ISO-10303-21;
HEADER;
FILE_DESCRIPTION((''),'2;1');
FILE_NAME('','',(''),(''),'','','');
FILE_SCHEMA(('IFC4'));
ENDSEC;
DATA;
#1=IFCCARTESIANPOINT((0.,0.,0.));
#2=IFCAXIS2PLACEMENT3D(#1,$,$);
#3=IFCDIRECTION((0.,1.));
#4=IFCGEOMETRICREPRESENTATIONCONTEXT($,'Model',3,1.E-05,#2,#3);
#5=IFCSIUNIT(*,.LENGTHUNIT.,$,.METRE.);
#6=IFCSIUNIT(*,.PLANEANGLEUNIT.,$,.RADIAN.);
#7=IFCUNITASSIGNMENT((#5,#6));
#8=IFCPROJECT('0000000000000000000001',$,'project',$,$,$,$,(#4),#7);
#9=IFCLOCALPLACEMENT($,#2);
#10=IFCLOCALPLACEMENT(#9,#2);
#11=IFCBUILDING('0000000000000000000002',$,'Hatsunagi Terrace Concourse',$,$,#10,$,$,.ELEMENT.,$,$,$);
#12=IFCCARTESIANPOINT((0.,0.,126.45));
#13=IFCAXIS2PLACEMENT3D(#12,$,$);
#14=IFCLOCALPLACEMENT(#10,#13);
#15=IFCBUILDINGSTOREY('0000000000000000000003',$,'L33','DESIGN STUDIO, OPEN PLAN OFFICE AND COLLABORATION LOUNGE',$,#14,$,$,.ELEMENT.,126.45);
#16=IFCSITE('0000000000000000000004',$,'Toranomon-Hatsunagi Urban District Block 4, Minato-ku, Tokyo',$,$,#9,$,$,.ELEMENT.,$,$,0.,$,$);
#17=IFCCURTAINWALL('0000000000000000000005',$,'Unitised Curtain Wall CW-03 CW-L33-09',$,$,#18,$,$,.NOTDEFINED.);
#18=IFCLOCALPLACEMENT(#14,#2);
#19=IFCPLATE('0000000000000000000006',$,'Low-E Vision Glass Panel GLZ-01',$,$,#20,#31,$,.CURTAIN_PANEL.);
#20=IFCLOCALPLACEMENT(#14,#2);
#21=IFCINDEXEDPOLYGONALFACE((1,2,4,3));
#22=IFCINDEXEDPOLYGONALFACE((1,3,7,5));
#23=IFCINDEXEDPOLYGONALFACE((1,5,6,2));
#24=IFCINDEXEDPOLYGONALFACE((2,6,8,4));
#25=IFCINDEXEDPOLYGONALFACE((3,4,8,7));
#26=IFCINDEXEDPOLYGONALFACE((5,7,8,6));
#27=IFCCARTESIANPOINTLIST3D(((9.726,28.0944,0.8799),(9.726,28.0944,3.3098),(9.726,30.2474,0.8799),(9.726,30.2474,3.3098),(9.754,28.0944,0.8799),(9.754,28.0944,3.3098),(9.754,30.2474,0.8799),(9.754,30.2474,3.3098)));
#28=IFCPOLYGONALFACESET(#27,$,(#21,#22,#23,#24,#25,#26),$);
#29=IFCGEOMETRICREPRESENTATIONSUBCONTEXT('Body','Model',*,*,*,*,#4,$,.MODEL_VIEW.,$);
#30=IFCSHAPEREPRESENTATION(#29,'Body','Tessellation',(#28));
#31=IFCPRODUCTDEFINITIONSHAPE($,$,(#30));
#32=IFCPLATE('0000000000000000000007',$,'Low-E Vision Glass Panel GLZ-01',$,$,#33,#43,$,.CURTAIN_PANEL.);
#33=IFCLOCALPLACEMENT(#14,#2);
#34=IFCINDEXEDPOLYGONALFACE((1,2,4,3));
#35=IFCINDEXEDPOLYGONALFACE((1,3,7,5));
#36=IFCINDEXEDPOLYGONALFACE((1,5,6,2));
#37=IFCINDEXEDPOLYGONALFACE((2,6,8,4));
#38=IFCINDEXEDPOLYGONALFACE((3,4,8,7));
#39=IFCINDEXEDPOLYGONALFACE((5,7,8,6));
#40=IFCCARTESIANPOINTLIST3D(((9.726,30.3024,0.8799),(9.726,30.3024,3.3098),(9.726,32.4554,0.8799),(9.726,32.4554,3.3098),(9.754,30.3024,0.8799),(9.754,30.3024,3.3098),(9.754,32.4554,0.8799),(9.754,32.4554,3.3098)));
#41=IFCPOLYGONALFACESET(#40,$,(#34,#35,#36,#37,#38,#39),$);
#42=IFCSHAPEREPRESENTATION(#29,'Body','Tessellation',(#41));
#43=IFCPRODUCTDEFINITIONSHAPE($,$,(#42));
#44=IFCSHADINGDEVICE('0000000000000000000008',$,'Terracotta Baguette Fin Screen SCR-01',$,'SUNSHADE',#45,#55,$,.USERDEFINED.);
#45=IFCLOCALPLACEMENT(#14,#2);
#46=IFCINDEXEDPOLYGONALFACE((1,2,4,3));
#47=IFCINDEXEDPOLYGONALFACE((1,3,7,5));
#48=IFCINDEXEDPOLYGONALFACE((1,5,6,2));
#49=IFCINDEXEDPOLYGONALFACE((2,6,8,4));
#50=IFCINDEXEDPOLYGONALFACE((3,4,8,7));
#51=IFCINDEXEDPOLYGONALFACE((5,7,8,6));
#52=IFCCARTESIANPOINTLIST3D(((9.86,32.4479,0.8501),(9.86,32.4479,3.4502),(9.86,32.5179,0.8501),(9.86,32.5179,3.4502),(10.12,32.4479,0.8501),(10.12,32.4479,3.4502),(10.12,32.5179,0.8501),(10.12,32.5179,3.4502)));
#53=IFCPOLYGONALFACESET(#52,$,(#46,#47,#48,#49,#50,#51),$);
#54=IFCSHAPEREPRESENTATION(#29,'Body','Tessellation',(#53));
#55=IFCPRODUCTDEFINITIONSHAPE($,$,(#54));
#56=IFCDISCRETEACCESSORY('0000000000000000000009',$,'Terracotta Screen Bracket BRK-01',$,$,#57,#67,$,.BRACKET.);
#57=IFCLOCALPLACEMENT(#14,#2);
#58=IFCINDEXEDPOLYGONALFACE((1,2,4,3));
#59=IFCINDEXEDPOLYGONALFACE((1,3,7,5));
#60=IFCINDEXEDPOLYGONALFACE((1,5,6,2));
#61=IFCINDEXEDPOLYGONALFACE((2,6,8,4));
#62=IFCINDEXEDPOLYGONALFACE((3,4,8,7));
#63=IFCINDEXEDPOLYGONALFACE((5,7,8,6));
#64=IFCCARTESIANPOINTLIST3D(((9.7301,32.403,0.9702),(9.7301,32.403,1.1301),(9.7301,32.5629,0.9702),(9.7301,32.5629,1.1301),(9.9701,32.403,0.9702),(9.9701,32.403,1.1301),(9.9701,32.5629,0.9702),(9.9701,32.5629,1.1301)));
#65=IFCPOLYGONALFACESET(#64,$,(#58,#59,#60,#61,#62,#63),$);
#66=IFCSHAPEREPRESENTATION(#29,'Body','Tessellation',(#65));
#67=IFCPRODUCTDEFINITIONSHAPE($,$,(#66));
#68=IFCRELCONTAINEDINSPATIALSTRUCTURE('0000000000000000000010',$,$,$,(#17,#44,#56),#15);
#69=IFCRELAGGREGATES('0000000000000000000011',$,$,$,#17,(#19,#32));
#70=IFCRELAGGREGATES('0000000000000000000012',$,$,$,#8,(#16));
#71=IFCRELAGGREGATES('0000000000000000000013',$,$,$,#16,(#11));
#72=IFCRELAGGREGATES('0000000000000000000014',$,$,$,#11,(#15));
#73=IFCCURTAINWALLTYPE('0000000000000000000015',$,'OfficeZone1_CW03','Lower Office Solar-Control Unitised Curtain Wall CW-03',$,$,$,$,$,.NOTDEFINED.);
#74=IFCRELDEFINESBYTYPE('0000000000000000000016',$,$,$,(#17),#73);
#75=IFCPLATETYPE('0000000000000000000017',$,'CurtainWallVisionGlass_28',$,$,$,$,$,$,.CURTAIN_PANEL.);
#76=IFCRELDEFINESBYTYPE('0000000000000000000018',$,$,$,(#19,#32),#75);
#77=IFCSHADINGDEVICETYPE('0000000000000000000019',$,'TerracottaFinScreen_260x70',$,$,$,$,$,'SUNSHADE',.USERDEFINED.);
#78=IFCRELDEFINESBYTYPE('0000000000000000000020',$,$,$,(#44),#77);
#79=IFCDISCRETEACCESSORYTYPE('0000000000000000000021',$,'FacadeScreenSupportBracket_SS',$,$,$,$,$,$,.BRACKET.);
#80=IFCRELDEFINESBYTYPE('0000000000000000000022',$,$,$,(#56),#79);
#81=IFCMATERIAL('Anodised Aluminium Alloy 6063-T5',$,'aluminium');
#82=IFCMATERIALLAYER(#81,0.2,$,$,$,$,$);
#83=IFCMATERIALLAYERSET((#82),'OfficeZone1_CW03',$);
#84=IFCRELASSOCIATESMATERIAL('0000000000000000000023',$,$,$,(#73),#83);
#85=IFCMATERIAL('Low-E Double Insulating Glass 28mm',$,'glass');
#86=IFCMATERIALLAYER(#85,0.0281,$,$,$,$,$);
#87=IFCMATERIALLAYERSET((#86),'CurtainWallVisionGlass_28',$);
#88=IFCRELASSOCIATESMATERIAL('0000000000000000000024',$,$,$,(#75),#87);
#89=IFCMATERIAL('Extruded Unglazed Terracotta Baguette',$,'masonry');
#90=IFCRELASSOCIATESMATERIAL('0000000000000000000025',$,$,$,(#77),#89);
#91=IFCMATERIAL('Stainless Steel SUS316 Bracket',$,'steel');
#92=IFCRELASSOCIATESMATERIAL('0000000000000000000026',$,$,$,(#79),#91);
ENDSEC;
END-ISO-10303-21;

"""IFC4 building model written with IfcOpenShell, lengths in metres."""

from ifc_helpers import new_model, si_unit, direction, frame, origin, origin_2d, place, context, subcontext, project, spatial, rectangle, extrude, material, layer, layer_set, type_object, element, aggregate, save


model = new_model("IFC4")

# Units and contexts
model_context = context("Model", 3, precision=1e-05, world=origin(), true_north=direction((0.0, 1.0)))
body_context = subcontext(model_context, "Body", "Model", "MODEL_VIEW")
ifc_project = project(units=[si_unit("LENGTHUNIT", "METRE"), si_unit("PLANEANGLEUNIT", "RADIAN")], contexts=[model_context])

# Site, building, storey
site_placement = place(None, origin())
site = spatial("IfcSite", under=ifc_project, at=site_placement, Name="Toranomon-Hatsunagi Urban District Block 4, Minato-ku, Tokyo", CompositionType="ELEMENT", RefElevation=0.0)
building_placement = place(site_placement, origin())
building = spatial("IfcBuilding", under=site, at=building_placement, Name="Hatsunagi Terrace Concourse", CompositionType="ELEMENT")
storey_placement = place(building_placement, frame((0.0, 0.0, 126.45)))
storey = spatial("IfcBuildingStorey", under=building, at=storey_placement, Name="L33", Description="DESIGN STUDIO, OPEN PLAN OFFICE AND COLLABORATION LOUNGE", CompositionType="ELEMENT", Elevation=126.45)

# Curtain wall
ifc_material_1 = material(Name="Anodised Aluminium Alloy 6063-T5", Category="aluminium")
ifc_layer_1 = layer(ifc_material_1, 0.2)
ifc_layer_set_1 = layer_set([ifc_layer_1], Name="OfficeZone1_CW03")
curtain_wall_type = type_object("IfcCurtainWallType", Name="OfficeZone1_CW03", Description="Lower Office Solar-Control Unitised Curtain Wall CW-03", PredefinedType="NOTDEFINED", material=ifc_layer_set_1)
curtain_wall_placement = place(storey_placement, origin())
curtain_wall = element("IfcCurtainWall", 1, at=curtain_wall_placement, inside=storey, type_object=curtain_wall_type, Name="Unitised Curtain Wall CW-03 CW-L33-09", PredefinedType="NOTDEFINED")

# Plates
ifc_material_2 = material(Name="Low-E Double Insulating Glass 28mm", Category="glass")
ifc_layer_2 = layer(ifc_material_2, 0.0281)
ifc_layer_set_2 = layer_set([ifc_layer_2], Name="CurtainWallVisionGlass_28")
plate_type_1 = type_object("IfcPlateType", Name="CurtainWallVisionGlass_28", PredefinedType="CURTAIN_PANEL", material=ifc_layer_set_2)
plate_1_placement = place(storey_placement, frame((9.74, 29.1709, 0.8799), z_axis=(0.0, 0.0, 1.0), x_axis=(0.0, 1.0, 0.0)))
plate_1 = element("IfcPlate", 2, at=plate_1_placement, type_object=plate_type_1, Name="Low-E Vision Glass Panel GLZ-01", PredefinedType="CURTAIN_PANEL", context=body_context, shape_type="SweptSolid", body=[
    extrude(rectangle(XDim=2.1531, YDim=0.0281, at=origin_2d()), origin(), (0.0, 0.0, 1.0), 2.4299),
])
plate_2_placement = place(storey_placement, frame((9.74, 31.3789, 0.8799), z_axis=(0.0, 0.0, 1.0), x_axis=(0.0, 1.0, 0.0)))
plate_2 = element("IfcPlate", 3, at=plate_2_placement, type_object=plate_type_1, Name="Low-E Vision Glass Panel GLZ-01", PredefinedType="CURTAIN_PANEL", context=body_context, shape_type="SweptSolid", body=[
    extrude(rectangle(XDim=2.1531, YDim=0.0281, at=origin_2d()), origin(), (0.0, 0.0, 1.0), 2.4299),
])
aggregate(curtain_wall, [plate_1, plate_2])

# Shading device
ifc_material_3 = material(Name="Extruded Unglazed Terracotta Baguette", Category="masonry")
shading_device_type = type_object("IfcShadingDeviceType", Name="TerracottaFinScreen_260x70", ElementType="SUNSHADE", PredefinedType="USERDEFINED", material=ifc_material_3)
shading_device_placement = place(storey_placement, frame((9.99, 32.4829, 0.8501), z_axis=(0.0, 0.0, 1.0), x_axis=(0.0, 1.0, 0.0)))
element("IfcShadingDevice", 4, at=shading_device_placement, inside=storey, type_object=shading_device_type, Name="Terracotta Baguette Fin Screen SCR-01", ObjectType="SUNSHADE", PredefinedType="USERDEFINED", context=body_context, shape_type="SweptSolid", body=[
    extrude(rectangle(XDim=0.0701, YDim=0.26, at=origin_2d()), origin(), (0.0, 0.0, 1.0), 2.6001),
])

# Discrete accessory
ifc_material_4 = material(Name="Stainless Steel SUS316 Bracket", Category="steel")
discrete_accessory_type = type_object("IfcDiscreteAccessoryType", Name="FacadeScreenSupportBracket_SS", PredefinedType="BRACKET", material=ifc_material_4)
discrete_accessory_placement = place(storey_placement, frame((9.8501, 32.4829, 0.9702), z_axis=(0.0, 0.0, 1.0), x_axis=(0.0, 1.0, 0.0)))
element("IfcDiscreteAccessory", 5, at=discrete_accessory_placement, inside=storey, type_object=discrete_accessory_type, Name="Terracotta Screen Bracket BRK-01", PredefinedType="BRACKET", context=body_context, shape_type="SweptSolid", body=[
    extrude(rectangle(XDim=0.1599, YDim=0.24, at=origin_2d()), origin(), (0.0, 0.0, 1.0), 0.1599),
])

save(model, "model.ifc")
